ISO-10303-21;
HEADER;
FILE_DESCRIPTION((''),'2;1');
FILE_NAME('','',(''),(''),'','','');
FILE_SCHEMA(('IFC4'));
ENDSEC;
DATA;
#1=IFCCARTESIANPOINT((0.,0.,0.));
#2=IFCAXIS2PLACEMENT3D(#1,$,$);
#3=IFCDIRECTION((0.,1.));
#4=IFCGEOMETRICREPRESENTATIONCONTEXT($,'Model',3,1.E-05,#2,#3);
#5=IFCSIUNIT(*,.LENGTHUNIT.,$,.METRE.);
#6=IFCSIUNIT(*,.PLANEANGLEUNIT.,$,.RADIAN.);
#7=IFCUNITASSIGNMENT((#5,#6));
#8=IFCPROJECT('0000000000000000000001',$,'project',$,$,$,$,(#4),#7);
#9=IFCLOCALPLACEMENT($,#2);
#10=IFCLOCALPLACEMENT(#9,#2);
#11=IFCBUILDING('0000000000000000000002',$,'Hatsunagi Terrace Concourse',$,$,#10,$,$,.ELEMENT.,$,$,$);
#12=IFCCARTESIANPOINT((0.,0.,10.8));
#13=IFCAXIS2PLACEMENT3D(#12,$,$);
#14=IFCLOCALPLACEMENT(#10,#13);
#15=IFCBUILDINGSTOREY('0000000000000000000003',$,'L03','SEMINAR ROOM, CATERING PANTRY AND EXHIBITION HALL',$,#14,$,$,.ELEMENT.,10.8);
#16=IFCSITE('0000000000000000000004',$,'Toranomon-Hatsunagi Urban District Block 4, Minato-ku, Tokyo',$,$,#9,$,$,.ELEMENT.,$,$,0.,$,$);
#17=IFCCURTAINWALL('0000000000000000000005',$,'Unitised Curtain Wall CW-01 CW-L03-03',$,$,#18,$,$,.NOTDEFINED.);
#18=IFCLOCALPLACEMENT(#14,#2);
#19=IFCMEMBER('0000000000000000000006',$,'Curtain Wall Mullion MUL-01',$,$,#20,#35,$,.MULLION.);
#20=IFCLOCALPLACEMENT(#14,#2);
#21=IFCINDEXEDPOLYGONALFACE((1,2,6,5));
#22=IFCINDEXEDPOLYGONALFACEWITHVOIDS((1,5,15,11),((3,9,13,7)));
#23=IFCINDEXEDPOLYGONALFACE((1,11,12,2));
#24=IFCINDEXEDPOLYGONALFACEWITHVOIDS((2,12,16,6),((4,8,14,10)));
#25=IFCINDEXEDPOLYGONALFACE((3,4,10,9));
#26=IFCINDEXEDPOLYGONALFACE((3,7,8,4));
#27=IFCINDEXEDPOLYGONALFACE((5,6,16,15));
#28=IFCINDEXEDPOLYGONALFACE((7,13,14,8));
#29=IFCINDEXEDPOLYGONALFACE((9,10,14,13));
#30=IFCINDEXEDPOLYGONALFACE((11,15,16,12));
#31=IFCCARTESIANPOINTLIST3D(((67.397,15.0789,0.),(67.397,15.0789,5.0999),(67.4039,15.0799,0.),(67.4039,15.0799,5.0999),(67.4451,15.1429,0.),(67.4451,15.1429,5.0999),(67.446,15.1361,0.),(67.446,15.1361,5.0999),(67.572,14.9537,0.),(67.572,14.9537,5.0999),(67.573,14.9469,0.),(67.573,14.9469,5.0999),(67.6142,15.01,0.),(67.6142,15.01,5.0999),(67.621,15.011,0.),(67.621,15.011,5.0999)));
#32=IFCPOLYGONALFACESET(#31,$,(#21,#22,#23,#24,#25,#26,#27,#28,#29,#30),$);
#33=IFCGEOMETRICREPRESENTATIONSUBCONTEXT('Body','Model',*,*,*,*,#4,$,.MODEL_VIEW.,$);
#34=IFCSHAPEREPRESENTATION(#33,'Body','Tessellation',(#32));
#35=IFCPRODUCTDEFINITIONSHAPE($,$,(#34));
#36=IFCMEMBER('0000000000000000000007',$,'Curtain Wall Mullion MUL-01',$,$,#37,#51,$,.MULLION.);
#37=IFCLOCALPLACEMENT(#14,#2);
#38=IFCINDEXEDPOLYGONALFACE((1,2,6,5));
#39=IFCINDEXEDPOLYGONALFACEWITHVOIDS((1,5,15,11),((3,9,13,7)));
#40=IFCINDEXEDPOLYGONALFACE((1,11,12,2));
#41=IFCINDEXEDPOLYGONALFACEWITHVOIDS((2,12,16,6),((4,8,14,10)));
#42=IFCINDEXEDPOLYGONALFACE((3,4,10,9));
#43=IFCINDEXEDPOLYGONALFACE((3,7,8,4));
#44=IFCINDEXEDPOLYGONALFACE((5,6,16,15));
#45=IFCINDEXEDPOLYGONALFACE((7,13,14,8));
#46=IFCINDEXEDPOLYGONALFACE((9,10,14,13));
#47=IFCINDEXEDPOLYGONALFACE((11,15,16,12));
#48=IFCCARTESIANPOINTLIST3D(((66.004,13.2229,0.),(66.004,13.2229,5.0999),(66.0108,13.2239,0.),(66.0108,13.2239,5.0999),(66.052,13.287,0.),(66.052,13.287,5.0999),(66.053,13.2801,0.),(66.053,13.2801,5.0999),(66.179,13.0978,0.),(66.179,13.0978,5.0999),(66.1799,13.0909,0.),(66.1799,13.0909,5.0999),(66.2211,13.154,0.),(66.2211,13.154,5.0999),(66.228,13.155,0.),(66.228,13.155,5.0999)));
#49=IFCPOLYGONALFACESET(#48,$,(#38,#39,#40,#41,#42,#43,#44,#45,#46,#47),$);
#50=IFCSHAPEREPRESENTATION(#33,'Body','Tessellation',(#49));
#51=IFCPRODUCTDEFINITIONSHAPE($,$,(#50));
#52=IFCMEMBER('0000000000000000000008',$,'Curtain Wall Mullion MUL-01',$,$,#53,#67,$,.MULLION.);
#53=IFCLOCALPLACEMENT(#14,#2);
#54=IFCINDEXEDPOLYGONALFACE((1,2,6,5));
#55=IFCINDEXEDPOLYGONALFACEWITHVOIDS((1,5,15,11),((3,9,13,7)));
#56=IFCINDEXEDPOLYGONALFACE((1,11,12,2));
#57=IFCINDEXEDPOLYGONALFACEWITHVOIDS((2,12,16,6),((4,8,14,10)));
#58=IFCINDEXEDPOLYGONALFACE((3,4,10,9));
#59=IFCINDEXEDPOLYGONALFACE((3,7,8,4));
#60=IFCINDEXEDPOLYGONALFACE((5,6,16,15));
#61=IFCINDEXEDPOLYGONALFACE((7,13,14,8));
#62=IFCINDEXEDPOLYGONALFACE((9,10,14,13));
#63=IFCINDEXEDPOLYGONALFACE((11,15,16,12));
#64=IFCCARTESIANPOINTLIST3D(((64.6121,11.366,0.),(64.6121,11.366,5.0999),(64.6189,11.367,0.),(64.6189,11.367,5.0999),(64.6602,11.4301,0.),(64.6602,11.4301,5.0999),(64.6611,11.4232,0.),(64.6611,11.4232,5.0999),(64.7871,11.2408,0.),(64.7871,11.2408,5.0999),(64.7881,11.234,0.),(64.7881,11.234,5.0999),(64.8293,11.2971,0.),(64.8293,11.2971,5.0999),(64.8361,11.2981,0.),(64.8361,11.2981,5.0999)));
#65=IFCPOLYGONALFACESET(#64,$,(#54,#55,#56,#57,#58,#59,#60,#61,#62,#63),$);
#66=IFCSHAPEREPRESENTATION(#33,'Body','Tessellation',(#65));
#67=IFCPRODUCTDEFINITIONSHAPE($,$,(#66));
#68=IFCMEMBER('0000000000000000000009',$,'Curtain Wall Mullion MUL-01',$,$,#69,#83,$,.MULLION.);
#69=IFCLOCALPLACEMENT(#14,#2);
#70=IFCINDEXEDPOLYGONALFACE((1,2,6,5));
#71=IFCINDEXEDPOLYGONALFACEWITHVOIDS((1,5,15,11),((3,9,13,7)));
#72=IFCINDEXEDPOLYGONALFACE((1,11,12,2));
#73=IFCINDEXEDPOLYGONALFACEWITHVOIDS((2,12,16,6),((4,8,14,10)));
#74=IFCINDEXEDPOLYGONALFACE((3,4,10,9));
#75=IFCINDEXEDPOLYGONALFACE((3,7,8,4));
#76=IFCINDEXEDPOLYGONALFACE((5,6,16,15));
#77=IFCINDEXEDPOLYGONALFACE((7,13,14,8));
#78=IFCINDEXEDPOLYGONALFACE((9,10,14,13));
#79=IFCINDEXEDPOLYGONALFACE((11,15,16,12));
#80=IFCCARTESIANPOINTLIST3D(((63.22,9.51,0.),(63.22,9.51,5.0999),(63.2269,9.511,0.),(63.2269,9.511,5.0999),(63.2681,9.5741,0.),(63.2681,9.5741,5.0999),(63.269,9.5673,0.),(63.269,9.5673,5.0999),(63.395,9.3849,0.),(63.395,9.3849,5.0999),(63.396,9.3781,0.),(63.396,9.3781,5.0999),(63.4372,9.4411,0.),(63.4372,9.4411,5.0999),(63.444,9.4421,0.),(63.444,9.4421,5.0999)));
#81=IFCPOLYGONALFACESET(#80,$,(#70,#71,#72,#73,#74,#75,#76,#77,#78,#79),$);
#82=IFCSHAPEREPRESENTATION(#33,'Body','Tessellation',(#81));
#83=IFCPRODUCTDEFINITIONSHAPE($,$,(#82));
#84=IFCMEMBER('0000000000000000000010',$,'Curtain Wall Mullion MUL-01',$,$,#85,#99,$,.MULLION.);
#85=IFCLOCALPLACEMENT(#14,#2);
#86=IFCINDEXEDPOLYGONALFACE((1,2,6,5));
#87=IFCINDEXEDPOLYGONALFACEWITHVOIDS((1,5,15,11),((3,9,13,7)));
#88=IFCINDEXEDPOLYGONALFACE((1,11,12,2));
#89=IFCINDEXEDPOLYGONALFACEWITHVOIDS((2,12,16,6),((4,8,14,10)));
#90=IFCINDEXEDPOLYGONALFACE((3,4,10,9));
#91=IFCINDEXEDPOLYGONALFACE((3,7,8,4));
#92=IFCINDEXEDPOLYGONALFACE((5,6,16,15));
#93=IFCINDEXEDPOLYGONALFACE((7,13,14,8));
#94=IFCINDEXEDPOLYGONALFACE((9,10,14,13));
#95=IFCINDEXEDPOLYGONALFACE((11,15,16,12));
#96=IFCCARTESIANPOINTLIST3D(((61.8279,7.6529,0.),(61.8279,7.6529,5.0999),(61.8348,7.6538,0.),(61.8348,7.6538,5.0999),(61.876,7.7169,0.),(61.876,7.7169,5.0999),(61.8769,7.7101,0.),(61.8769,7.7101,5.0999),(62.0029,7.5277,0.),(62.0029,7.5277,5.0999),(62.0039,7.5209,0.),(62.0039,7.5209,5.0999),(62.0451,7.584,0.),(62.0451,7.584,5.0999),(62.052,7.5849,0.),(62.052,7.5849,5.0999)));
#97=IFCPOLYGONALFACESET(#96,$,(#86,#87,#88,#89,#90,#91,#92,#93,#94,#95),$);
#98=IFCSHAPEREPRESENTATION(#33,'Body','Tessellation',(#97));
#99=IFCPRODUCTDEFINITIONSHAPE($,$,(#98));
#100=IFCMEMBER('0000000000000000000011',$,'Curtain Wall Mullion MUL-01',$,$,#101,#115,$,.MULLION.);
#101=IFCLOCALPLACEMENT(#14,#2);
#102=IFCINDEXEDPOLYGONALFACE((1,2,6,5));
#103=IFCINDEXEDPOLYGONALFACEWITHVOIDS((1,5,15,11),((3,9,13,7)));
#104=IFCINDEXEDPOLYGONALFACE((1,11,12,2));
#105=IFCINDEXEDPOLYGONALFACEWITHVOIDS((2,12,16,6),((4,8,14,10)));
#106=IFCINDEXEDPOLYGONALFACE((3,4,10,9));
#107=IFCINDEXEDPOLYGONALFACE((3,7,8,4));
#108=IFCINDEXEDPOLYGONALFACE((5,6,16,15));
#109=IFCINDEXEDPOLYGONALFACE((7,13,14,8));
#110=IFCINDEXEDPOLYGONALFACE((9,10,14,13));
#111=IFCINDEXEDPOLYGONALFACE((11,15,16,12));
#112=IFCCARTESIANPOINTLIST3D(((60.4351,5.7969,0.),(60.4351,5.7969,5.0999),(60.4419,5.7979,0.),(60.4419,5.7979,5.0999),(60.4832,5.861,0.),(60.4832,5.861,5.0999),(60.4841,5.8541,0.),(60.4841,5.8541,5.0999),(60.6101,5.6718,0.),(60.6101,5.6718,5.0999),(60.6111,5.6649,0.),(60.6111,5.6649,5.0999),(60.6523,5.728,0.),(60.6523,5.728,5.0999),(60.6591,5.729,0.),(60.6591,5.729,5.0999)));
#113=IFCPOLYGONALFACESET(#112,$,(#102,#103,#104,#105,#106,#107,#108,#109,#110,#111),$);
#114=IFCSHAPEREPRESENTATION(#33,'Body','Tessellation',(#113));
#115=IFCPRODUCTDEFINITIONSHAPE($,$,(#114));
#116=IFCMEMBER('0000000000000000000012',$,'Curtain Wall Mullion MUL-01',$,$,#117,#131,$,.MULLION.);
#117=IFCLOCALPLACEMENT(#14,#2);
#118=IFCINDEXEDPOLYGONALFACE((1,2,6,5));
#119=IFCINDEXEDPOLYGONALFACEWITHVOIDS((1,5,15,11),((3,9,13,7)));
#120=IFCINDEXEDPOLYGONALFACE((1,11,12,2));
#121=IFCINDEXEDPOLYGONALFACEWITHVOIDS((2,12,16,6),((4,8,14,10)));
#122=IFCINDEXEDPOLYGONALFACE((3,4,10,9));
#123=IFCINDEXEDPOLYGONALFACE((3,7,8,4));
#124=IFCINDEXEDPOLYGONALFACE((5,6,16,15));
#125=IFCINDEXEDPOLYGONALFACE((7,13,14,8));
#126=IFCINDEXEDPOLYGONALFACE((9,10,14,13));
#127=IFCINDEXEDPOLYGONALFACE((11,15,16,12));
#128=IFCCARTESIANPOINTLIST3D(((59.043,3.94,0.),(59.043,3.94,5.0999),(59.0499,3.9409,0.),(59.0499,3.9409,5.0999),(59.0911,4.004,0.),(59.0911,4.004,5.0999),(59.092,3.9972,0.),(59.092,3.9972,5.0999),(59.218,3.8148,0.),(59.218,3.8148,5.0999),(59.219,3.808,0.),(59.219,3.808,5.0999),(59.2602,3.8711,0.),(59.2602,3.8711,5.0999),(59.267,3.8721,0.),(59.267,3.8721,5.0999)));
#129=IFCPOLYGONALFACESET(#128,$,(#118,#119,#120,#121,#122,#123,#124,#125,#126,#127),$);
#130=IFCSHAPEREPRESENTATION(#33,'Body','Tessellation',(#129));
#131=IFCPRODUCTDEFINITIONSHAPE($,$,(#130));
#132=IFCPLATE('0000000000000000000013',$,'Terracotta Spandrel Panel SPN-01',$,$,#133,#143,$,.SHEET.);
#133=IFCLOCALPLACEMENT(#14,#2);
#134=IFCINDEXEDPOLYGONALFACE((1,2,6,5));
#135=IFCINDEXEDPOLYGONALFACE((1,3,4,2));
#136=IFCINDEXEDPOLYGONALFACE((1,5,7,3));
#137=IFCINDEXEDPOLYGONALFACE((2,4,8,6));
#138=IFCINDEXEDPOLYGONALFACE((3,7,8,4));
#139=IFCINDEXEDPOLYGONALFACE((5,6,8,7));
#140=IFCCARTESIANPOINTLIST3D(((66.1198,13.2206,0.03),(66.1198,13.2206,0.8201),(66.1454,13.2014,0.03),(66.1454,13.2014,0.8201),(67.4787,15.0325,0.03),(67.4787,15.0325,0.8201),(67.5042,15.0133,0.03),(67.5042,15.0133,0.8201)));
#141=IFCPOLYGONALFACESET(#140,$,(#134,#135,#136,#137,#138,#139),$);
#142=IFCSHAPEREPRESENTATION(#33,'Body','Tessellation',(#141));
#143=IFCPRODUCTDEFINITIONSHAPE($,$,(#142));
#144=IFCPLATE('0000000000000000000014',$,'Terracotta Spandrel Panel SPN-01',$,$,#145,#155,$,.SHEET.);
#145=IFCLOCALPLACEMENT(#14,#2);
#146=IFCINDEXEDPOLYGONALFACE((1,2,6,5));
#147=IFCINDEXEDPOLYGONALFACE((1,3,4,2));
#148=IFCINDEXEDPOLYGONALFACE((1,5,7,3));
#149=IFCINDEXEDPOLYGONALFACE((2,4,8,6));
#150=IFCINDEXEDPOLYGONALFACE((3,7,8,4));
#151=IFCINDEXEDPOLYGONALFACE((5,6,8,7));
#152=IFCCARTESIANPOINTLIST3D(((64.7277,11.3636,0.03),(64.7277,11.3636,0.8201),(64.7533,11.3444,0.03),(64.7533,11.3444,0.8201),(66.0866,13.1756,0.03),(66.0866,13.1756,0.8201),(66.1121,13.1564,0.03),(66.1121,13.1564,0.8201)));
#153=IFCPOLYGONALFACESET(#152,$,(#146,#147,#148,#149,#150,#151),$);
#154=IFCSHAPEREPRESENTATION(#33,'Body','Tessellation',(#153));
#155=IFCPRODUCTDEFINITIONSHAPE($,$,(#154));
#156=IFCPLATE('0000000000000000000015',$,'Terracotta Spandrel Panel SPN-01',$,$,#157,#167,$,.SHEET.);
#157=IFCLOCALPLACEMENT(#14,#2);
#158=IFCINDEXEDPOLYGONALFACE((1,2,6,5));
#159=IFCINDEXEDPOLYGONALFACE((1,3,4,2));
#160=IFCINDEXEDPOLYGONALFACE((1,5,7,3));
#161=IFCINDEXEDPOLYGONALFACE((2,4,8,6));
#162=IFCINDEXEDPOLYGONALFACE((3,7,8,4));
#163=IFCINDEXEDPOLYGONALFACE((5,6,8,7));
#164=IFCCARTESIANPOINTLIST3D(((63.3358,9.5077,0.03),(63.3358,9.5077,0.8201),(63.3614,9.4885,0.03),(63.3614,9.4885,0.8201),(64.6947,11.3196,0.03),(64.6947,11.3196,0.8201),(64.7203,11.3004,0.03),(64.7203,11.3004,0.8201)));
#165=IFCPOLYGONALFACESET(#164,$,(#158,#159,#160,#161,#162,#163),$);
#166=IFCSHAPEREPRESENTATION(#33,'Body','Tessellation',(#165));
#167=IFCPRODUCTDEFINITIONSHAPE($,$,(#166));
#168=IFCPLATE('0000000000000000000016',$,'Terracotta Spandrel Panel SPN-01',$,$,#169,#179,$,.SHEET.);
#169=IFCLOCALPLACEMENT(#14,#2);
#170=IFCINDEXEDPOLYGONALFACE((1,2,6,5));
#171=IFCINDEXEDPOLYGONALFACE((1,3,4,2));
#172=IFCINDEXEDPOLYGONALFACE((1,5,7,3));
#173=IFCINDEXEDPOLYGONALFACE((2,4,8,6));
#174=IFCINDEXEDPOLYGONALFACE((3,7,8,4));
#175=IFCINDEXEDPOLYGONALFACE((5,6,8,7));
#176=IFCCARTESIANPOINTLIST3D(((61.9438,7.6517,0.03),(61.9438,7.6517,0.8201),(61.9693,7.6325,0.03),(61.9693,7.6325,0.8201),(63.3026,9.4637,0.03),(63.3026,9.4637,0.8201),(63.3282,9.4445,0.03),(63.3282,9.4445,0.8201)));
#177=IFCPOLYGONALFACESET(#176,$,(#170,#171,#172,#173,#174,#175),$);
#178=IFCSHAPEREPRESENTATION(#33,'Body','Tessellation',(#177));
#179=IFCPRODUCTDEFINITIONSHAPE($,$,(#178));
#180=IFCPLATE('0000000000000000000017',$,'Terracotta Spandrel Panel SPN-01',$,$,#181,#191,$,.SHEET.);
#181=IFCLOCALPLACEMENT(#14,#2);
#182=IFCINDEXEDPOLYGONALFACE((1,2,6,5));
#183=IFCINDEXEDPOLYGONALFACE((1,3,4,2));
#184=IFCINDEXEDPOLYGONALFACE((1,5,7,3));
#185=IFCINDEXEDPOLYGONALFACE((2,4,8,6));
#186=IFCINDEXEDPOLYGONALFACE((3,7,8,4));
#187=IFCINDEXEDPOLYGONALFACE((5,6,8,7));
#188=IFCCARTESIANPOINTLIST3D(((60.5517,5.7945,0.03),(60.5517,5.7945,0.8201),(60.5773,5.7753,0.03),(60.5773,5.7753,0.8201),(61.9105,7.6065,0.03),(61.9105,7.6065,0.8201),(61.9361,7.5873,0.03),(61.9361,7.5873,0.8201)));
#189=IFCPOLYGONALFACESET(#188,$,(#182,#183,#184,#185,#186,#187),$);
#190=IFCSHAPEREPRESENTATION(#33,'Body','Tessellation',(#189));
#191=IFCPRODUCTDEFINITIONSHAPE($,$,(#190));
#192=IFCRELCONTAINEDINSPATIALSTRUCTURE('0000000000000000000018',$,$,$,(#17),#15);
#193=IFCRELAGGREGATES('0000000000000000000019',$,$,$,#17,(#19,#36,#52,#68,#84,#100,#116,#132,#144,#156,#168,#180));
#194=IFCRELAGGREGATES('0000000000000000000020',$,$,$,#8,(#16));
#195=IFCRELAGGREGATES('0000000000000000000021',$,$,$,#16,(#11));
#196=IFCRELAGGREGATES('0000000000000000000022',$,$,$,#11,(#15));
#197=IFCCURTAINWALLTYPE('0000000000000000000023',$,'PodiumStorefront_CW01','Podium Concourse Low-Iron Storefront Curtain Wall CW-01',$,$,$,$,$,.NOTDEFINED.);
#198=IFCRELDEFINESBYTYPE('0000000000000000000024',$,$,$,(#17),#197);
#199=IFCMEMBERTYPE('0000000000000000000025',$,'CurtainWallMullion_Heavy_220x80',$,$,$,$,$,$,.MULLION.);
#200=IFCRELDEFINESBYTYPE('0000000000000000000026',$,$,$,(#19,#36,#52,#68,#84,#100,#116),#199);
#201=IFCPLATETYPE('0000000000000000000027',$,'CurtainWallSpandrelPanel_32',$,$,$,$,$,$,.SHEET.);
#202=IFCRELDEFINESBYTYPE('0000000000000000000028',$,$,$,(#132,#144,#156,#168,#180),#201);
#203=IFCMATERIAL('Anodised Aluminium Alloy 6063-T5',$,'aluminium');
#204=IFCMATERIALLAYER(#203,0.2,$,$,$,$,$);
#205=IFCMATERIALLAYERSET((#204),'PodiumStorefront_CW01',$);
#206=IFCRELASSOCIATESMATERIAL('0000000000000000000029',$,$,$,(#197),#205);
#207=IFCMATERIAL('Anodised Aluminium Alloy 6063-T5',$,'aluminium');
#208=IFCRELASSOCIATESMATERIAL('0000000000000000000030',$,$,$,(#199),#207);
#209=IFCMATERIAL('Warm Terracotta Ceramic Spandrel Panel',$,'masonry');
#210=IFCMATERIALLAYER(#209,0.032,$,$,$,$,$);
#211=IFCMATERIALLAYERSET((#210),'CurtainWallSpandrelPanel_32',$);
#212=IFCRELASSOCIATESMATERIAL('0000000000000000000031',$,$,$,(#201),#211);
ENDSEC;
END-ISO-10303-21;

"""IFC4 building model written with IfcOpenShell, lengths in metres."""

from ifc_helpers import new_model, si_unit, direction, frame, origin, origin_2d, place, context, subcontext, project, spatial, rectangle, hollow_rectangle, extrude, material, layer, layer_set, material_profile, profile_set, type_object, element, aggregate, save


model = new_model("IFC4")

# Units and contexts
model_context = context("Model", 3, precision=1e-05, world=origin(), true_north=direction((0.0, 1.0)))
body_context = subcontext(model_context, "Body", "Model", "MODEL_VIEW")
ifc_project = project(units=[si_unit("LENGTHUNIT", "METRE"), si_unit("PLANEANGLEUNIT", "RADIAN")], contexts=[model_context])

# Site, building, storey
site_placement = place(None, origin())
site = spatial("IfcSite", under=ifc_project, at=site_placement, Name="Toranomon-Hatsunagi Urban District Block 4, Minato-ku, Tokyo", CompositionType="ELEMENT", RefElevation=0.0)
building_placement = place(site_placement, origin())
building = spatial("IfcBuilding", under=site, at=building_placement, Name="Hatsunagi Terrace Concourse", CompositionType="ELEMENT")
storey_placement = place(building_placement, frame((0.0, 0.0, 10.8)))
storey = spatial("IfcBuildingStorey", under=building, at=storey_placement, Name="L03", Description="SEMINAR ROOM, CATERING PANTRY AND EXHIBITION HALL", CompositionType="ELEMENT", Elevation=10.8)

# Curtain wall, members, plates
ifc_material_1 = material(Name="Anodised Aluminium Alloy 6063-T5", Category="aluminium")
ifc_layer_1 = layer(ifc_material_1, 0.2)
ifc_layer_set_1 = layer_set([ifc_layer_1], Name="PodiumStorefront_CW01")
curtain_wall_type = type_object("IfcCurtainWallType", Name="PodiumStorefront_CW01", Description="Podium Concourse Low-Iron Storefront Curtain Wall CW-01", PredefinedType="NOTDEFINED", material=ifc_layer_set_1)
curtain_wall_placement = place(storey_placement, origin())
curtain_wall = element("IfcCurtainWall", 1, at=curtain_wall_placement, inside=storey, type_object=curtain_wall_type, Name="Unitised Curtain Wall CW-01 CW-L03-03", PredefinedType="NOTDEFINED")
ifc_material_2 = material(Name="Anodised Aluminium Alloy 6063-T5", Category="aluminium")
ifc_material_profile = material_profile(ifc_material_2, hollow_rectangle(XDim=0.0801, YDim=0.22, WallThickness=0.0049, at=origin_2d()), Name="ALU-MUL-220x80x5")
ifc_profile_set = profile_set([ifc_material_profile], Name="Anodised Aluminium Alloy 6063-T5")
member_type = type_object("IfcMemberType", Name="CurtainWallMullion_Heavy_220x80", PredefinedType="MULLION", material=ifc_profile_set)
member_1_placement = place(storey_placement, frame((67.509, 15.0449, 0.0), z_axis=(0.0, 0.0, 1.0), x_axis=(-0.599969, -0.800023, 0.0)))
member_1 = element("IfcMember", 2, at=member_1_placement, type_object=member_type, Name="Curtain Wall Mullion MUL-01", PredefinedType="MULLION", context=body_context, shape_type="SweptSolid", body=[
    extrude(hollow_rectangle(XDim=0.0801, YDim=0.22, WallThickness=0.0049, at=origin_2d()), origin(), (0.0, 0.0, 1.0), 5.0999),
])
member_2_placement = place(storey_placement, frame((66.116, 13.189, 0.0), z_axis=(0.0, 0.0, 1.0), x_axis=(-0.599969, -0.800023, 0.0)))
member_2 = element("IfcMember", 3, at=member_2_placement, type_object=member_type, Name="Curtain Wall Mullion MUL-01", PredefinedType="MULLION", context=body_context, shape_type="SweptSolid", body=[
    extrude(hollow_rectangle(XDim=0.0801, YDim=0.22, WallThickness=0.0049, at=origin_2d()), origin(), (0.0, 0.0, 1.0), 5.0999),
])
member_3_placement = place(storey_placement, frame((64.7241, 11.332, 0.0), z_axis=(0.0, 0.0, 1.0), x_axis=(-0.599969, -0.800023, 0.0)))
member_3 = element("IfcMember", 4, at=member_3_placement, type_object=member_type, Name="Curtain Wall Mullion MUL-01", PredefinedType="MULLION", context=body_context, shape_type="SweptSolid", body=[
    extrude(hollow_rectangle(XDim=0.0801, YDim=0.22, WallThickness=0.0049, at=origin_2d()), origin(), (0.0, 0.0, 1.0), 5.0999),
])
member_4_placement = place(storey_placement, frame((63.332, 9.4761, 0.0), z_axis=(0.0, 0.0, 1.0), x_axis=(-0.599969, -0.800023, 0.0)))
member_4 = element("IfcMember", 5, at=member_4_placement, type_object=member_type, Name="Curtain Wall Mullion MUL-01", PredefinedType="MULLION", context=body_context, shape_type="SweptSolid", body=[
    extrude(hollow_rectangle(XDim=0.0801, YDim=0.22, WallThickness=0.0049, at=origin_2d()), origin(), (0.0, 0.0, 1.0), 5.0999),
])
member_5_placement = place(storey_placement, frame((61.9399, 7.6189, 0.0), z_axis=(0.0, 0.0, 1.0), x_axis=(-0.599969, -0.800023, 0.0)))
member_5 = element("IfcMember", 6, at=member_5_placement, type_object=member_type, Name="Curtain Wall Mullion MUL-01", PredefinedType="MULLION", context=body_context, shape_type="SweptSolid", body=[
    extrude(hollow_rectangle(XDim=0.0801, YDim=0.22, WallThickness=0.0049, at=origin_2d()), origin(), (0.0, 0.0, 1.0), 5.0999),
])
member_6_placement = place(storey_placement, frame((60.5471, 5.7629, 0.0), z_axis=(0.0, 0.0, 1.0), x_axis=(-0.599969, -0.800023, 0.0)))
member_6 = element("IfcMember", 7, at=member_6_placement, type_object=member_type, Name="Curtain Wall Mullion MUL-01", PredefinedType="MULLION", context=body_context, shape_type="SweptSolid", body=[
    extrude(hollow_rectangle(XDim=0.0801, YDim=0.22, WallThickness=0.0049, at=origin_2d()), origin(), (0.0, 0.0, 1.0), 5.0999),
])
member_7_placement = place(storey_placement, frame((59.155, 3.906, 0.0), z_axis=(0.0, 0.0, 1.0), x_axis=(-0.599969, -0.800023, 0.0)))
member_7 = element("IfcMember", 8, at=member_7_placement, type_object=member_type, Name="Curtain Wall Mullion MUL-01", PredefinedType="MULLION", context=body_context, shape_type="SweptSolid", body=[
    extrude(hollow_rectangle(XDim=0.0801, YDim=0.22, WallThickness=0.0049, at=origin_2d()), origin(), (0.0, 0.0, 1.0), 5.0999),
])
ifc_material_3 = material(Name="Warm Terracotta Ceramic Spandrel Panel", Category="masonry")
ifc_layer_2 = layer(ifc_material_3, 0.032)
ifc_layer_set_2 = layer_set([ifc_layer_2], Name="CurtainWallSpandrelPanel_32")
plate_type_1 = type_object("IfcPlateType", Name="CurtainWallSpandrelPanel_32", PredefinedType="SHEET", material=ifc_layer_set_2)
plate_1_placement = place(storey_placement, frame((66.812, 14.1169, 0.03), z_axis=(0.0, 0.0, 1.0), x_axis=(-0.599969, -0.800023, 0.0)))
plate_1 = element("IfcPlate", 9, at=plate_1_placement, type_object=plate_type_1, Name="Terracotta Spandrel Panel SPN-01", PredefinedType="SHEET", context=body_context, shape_type="SweptSolid", body=[
    extrude(rectangle(XDim=2.2649, YDim=0.032, at=origin_2d()), origin(), (0.0, 0.0, 1.0), 0.79),
])
plate_2_placement = place(storey_placement, frame((65.4199, 12.26, 0.03), z_axis=(0.0, 0.0, 1.0), x_axis=(-0.599969, -0.800023, 0.0)))
plate_2 = element("IfcPlate", 10, at=plate_2_placement, type_object=plate_type_1, Name="Terracotta Spandrel Panel SPN-01", PredefinedType="SHEET", context=body_context, shape_type="SweptSolid", body=[
    extrude(rectangle(XDim=2.2649, YDim=0.032, at=origin_2d()), origin(), (0.0, 0.0, 1.0), 0.79),
])
plate_3_placement = place(storey_placement, frame((64.0281, 10.4041, 0.03), z_axis=(0.0, 0.0, 1.0), x_axis=(-0.599969, -0.800023, 0.0)))
plate_3 = element("IfcPlate", 11, at=plate_3_placement, type_object=plate_type_1, Name="Terracotta Spandrel Panel SPN-01", PredefinedType="SHEET", context=body_context, shape_type="SweptSolid", body=[
    extrude(rectangle(XDim=2.2649, YDim=0.032, at=origin_2d()), origin(), (0.0, 0.0, 1.0), 0.79),
])
plate_4_placement = place(storey_placement, frame((62.636, 8.5481, 0.03), z_axis=(0.0, 0.0, 1.0), x_axis=(-0.599969, -0.800023, 0.0)))
plate_4 = element("IfcPlate", 12, at=plate_4_placement, type_object=plate_type_1, Name="Terracotta Spandrel Panel SPN-01", PredefinedType="SHEET", context=body_context, shape_type="SweptSolid", body=[
    extrude(rectangle(XDim=2.2649, YDim=0.032, at=origin_2d()), origin(), (0.0, 0.0, 1.0), 0.79),
])
plate_5_placement = place(storey_placement, frame((61.2439, 6.6909, 0.03), z_axis=(0.0, 0.0, 1.0), x_axis=(-0.599969, -0.800023, 0.0)))
plate_5 = element("IfcPlate", 13, at=plate_5_placement, type_object=plate_type_1, Name="Terracotta Spandrel Panel SPN-01", PredefinedType="SHEET", context=body_context, shape_type="SweptSolid", body=[
    extrude(rectangle(XDim=2.2649, YDim=0.032, at=origin_2d()), origin(), (0.0, 0.0, 1.0), 0.79),
])
aggregate(curtain_wall, [member_1, member_2, member_3, member_4, member_5, member_6, member_7, plate_1, plate_2, plate_3, plate_4, plate_5])

save(model, "model.ifc")
